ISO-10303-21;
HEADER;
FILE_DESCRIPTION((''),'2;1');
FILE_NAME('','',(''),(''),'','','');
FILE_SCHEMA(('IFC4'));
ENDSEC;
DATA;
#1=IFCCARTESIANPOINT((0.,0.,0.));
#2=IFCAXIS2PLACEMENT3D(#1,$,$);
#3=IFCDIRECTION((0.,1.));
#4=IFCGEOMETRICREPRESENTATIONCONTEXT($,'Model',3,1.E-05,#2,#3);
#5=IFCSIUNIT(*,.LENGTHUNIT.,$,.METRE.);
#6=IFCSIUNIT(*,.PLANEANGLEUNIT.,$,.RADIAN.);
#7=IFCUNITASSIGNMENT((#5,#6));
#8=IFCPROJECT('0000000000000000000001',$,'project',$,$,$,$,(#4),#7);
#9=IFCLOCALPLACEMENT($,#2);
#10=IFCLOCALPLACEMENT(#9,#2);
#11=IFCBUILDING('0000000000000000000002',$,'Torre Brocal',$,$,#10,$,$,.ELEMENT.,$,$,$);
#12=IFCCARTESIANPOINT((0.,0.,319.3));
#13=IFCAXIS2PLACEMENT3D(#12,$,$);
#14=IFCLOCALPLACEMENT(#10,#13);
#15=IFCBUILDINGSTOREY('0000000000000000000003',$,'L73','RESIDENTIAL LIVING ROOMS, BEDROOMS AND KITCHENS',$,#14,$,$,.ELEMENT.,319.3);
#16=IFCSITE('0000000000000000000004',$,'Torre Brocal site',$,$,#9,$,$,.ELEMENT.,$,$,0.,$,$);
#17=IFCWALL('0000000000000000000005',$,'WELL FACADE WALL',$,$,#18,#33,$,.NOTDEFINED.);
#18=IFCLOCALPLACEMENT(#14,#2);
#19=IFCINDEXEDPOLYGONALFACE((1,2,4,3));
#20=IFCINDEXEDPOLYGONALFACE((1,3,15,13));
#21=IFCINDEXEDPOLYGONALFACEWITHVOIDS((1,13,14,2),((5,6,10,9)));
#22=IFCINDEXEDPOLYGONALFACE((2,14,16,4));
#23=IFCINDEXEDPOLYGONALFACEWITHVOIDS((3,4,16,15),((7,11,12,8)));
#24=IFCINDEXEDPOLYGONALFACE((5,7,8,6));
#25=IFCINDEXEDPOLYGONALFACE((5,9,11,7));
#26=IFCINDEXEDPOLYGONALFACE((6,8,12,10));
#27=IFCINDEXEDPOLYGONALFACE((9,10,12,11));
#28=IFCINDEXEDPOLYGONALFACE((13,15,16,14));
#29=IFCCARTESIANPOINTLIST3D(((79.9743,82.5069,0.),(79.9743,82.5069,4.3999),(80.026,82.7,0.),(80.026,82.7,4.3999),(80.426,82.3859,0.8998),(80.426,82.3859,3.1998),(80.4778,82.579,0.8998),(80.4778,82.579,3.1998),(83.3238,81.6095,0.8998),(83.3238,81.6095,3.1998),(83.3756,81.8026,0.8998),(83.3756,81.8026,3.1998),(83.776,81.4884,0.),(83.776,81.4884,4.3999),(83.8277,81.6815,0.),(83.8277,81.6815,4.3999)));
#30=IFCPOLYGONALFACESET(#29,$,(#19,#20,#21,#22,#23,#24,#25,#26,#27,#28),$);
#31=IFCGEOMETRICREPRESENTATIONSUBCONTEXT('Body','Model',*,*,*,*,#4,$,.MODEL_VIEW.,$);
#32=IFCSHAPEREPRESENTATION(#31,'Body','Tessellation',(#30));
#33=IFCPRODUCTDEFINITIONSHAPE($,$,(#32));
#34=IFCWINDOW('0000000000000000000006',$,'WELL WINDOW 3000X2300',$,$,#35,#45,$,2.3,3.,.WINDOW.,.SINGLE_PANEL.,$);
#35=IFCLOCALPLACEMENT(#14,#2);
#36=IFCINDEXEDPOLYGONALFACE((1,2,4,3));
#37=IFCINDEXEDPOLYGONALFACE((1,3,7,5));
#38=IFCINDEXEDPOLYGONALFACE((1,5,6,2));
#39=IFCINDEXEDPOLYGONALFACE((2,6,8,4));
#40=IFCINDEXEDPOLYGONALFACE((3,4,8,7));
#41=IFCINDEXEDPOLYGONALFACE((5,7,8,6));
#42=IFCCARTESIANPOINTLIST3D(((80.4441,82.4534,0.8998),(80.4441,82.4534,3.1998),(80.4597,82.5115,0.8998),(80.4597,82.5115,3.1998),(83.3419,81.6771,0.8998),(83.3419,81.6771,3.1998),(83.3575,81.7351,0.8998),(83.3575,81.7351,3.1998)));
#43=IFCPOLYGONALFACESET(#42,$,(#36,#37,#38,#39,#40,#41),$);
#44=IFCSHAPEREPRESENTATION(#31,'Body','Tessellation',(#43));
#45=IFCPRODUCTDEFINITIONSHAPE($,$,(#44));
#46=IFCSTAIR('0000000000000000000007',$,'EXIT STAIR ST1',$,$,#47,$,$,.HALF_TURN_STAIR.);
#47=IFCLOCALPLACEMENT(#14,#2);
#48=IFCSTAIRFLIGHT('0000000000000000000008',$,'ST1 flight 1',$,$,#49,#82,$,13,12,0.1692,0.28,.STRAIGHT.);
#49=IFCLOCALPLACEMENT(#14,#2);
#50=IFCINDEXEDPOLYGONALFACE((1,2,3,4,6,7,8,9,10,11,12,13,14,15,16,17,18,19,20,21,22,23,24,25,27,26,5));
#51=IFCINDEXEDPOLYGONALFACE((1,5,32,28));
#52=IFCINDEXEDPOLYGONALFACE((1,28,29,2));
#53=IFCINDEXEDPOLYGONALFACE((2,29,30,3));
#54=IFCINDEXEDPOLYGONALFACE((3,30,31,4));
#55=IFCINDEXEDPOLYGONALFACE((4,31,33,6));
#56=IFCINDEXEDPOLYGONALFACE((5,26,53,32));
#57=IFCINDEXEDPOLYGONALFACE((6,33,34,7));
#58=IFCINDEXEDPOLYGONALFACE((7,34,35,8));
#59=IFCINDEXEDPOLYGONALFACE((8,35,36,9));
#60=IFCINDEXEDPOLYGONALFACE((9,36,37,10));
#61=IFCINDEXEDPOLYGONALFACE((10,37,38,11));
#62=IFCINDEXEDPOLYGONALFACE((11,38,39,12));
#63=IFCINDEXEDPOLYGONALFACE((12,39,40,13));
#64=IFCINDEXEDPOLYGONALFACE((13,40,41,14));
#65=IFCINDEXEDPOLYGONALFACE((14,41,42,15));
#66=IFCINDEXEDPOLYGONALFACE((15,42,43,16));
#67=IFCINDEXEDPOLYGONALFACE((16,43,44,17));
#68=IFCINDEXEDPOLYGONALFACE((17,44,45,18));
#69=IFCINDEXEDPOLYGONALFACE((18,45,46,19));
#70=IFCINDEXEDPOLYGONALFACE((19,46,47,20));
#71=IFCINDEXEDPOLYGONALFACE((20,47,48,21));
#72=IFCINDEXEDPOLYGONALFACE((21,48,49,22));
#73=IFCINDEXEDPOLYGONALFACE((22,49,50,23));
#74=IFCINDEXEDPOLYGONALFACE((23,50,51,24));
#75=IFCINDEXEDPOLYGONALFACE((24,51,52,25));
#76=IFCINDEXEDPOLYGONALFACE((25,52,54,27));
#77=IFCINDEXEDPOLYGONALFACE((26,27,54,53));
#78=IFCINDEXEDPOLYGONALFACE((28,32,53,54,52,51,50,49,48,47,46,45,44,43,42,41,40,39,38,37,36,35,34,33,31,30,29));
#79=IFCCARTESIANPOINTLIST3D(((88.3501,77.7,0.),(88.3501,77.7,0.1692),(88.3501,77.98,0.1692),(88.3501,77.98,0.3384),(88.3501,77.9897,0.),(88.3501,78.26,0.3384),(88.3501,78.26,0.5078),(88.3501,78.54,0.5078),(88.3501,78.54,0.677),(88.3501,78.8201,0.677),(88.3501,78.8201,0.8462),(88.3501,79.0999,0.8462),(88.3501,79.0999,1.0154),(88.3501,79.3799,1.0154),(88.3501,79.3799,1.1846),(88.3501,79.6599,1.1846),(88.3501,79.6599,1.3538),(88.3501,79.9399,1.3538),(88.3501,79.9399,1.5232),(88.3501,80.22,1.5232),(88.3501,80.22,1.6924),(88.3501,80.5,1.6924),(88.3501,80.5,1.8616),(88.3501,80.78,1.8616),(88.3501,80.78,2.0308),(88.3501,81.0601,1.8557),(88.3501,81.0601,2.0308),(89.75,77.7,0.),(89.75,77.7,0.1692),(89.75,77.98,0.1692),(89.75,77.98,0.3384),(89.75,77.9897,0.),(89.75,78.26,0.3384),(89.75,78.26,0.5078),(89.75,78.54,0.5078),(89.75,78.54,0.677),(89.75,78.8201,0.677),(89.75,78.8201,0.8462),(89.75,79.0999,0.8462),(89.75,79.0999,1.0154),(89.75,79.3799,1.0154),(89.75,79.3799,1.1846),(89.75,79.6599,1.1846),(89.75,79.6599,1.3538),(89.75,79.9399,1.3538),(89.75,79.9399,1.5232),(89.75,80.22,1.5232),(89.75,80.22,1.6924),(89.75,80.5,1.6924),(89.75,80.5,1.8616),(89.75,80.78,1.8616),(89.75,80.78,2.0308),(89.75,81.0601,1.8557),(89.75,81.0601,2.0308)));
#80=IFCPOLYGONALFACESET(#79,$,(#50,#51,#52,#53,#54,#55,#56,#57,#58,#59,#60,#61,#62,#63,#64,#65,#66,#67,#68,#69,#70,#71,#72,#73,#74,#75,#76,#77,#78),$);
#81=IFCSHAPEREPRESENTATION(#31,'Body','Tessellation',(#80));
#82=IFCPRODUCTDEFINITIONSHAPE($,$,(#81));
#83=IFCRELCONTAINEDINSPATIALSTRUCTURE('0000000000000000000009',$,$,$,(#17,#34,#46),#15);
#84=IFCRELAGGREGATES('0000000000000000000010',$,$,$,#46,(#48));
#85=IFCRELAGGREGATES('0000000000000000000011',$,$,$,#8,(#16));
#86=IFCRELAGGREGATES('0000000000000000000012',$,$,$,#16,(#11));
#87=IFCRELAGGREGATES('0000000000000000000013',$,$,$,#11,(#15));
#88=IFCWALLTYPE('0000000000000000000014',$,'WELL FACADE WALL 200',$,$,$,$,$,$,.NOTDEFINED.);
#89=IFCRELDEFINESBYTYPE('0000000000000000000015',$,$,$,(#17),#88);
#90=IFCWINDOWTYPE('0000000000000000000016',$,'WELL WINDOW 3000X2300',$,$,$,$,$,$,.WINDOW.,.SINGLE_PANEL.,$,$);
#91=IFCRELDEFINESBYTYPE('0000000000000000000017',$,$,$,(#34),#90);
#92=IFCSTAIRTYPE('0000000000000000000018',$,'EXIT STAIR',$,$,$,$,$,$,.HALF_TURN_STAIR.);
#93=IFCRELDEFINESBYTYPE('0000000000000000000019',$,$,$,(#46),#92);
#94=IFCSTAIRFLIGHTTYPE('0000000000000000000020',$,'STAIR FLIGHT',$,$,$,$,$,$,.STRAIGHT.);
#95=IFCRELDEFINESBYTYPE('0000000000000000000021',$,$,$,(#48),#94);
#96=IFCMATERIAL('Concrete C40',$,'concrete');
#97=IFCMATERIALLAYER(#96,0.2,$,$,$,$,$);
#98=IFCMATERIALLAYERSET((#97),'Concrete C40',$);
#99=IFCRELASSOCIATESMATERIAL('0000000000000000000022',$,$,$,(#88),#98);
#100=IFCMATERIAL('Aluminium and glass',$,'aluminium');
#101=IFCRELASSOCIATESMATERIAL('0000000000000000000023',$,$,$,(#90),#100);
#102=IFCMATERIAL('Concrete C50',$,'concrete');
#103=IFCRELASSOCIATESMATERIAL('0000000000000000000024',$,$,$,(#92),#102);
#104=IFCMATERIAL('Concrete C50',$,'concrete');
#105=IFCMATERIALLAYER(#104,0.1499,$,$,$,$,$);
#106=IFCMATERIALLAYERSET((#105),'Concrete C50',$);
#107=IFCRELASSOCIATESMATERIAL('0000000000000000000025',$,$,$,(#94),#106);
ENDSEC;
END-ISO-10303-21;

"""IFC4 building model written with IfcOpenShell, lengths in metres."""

from ifc_helpers import new_model, si_unit, direction, frame, frame_2d, origin, place, context, subcontext, project, spatial, polyline, rectangle, outline, extrude, material, layer, layer_set, type_object, element, fill, aggregate, save


model = new_model("IFC4")

# Units and contexts
model_context = context("Model", 3, precision=1e-05, world=origin(), true_north=direction((0.0, 1.0)))
body_context = subcontext(model_context, "Body", "Model", "MODEL_VIEW")
ifc_project = project(units=[si_unit("LENGTHUNIT", "METRE"), si_unit("PLANEANGLEUNIT", "RADIAN")], contexts=[model_context])

# Site, building, storey
site_placement = place(None, origin())
site = spatial("IfcSite", under=ifc_project, at=site_placement, Name="Torre Brocal site", CompositionType="ELEMENT", RefElevation=0.0)
building_placement = place(site_placement, origin())
building = spatial("IfcBuilding", under=site, at=building_placement, Name="Torre Brocal", CompositionType="ELEMENT")
storey_placement = place(building_placement, frame((0.0, 0.0, 319.3)))
storey = spatial("IfcBuildingStorey", under=building, at=storey_placement, Name="L73", Description="RESIDENTIAL LIVING ROOMS, BEDROOMS AND KITCHENS", CompositionType="ELEMENT", Elevation=319.3)

# Wall, opening, window
ifc_material_1 = material(Name="Concrete C40", Category="concrete")
ifc_layer_1 = layer(ifc_material_1, 0.2)
ifc_layer_set_1 = layer_set([ifc_layer_1], Name="Concrete C40")
wall_type_1 = type_object("IfcWallType", Name="WELL FACADE WALL 200", PredefinedType="NOTDEFINED", material=ifc_layer_set_1)
ifc_material_2 = material(Name="Aluminium and glass", Category="aluminium")
window_type = type_object("IfcWindowType", Name="WELL WINDOW 3000X2300", PartitioningType="SINGLE_PANEL", PredefinedType="WINDOW", material=ifc_material_2)
wall_1_placement = place(storey_placement, frame((83.8018, 81.585, 0.0), z_axis=(0.0, 0.0, 1.0), x_axis=(-0.965934, 0.25879, 0.0)))
wall_1 = element("IfcWall", 1, at=wall_1_placement, inside=storey, type_object=wall_type_1, Name="WELL FACADE WALL", PredefinedType="NOTDEFINED", context=body_context, shape_type="SweptSolid", body=[
    extrude(rectangle(XDim=3.9358, YDim=0.2, at=frame_2d((1.9678, 0.0))), origin(), (0.0, 0.0, 1.0), 4.3999),
])
opening_1_placement = place(wall_1_placement, frame((0.468, 0.0, 0.8999)))
opening_1 = element("IfcOpeningElement", 2, at=opening_1_placement, cuts=wall_1, PredefinedType="OPENING", context=body_context, shape_type="SweptSolid", body=[
    extrude(rectangle(XDim=3.0, YDim=2.3, at=frame_2d((1.5, 1.1499))), frame((0.0, 0.1099, 0.0), z_axis=(0.0, -1.0, 0.0), x_axis=(1.0, 0.0, 0.0)), (0.0, 0.0, 1.0), 0.22),
])
window_1_placement = place(opening_1_placement, origin())
window_1 = element("IfcWindow", 3, at=window_1_placement, inside=storey, type_object=window_type, Name="WELL WINDOW 3000X2300", OverallHeight=2.3, OverallWidth=3.0, PartitioningType="SINGLE_PANEL", PredefinedType="WINDOW", context=body_context, shape_type="SweptSolid", body=[
    extrude(rectangle(XDim=3.0, YDim=2.3, at=frame_2d((1.5, 1.1499))), frame((0.0, 0.03, 0.0), z_axis=(0.0, -1.0, 0.0), x_axis=(1.0, 0.0, 0.0)), (0.0, 0.0, 1.0), 0.0601),
])
fill(opening_1, window_1)

# Stair, stair flight
ifc_material_3 = material(Name="Concrete C50", Category="concrete")
stair_type = type_object("IfcStairType", Name="EXIT STAIR", PredefinedType="HALF_TURN_STAIR", material=ifc_material_3)
stair_placement = place(storey_placement, origin())
stair = element("IfcStair", 4, at=stair_placement, inside=storey, type_object=stair_type, Name="EXIT STAIR ST1", PredefinedType="HALF_TURN_STAIR")
ifc_material_4 = material(Name="Concrete C50", Category="concrete")
ifc_layer_2 = layer(ifc_material_4, 0.1499)
ifc_layer_set_2 = layer_set([ifc_layer_2], Name="Concrete C50")
stair_flight_type = type_object("IfcStairFlightType", Name="STAIR FLIGHT", PredefinedType="STRAIGHT", material=ifc_layer_set_2)
stair_flight_placement = place(storey_placement, frame((89.05, 77.7, 0.0), z_axis=(0.0, 0.0, 1.0), x_axis=(0.0, 1.0, 0.0)))
stair_flight = element("IfcStairFlight", 5, at=stair_flight_placement, type_object=stair_flight_type, Name="ST1 flight 1", NumberOfRisers=13, NumberOfTreads=12, PredefinedType="STRAIGHT", RiserHeight=0.1692, TreadLength=0.28, context=body_context, shape_type="SweptSolid", body=[
    extrude(outline(polyline([(0.0, 0.0), (0.0, 0.1692), (0.28, 0.1692), (0.28, 0.3384), (0.5601, 0.3384), (0.5601, 0.5078), (0.8401, 0.5078), (0.8401, 0.677), (1.1201, 0.677), (1.1201, 0.8462), (1.3999, 0.8462), (1.3999, 1.0154), (1.6799, 1.0154), (1.6799, 1.1846), (1.96, 1.1846), (1.96, 1.3538), (2.24, 1.3538), (2.24, 1.5232), (2.52, 1.5232), (2.52, 1.6924), (2.8, 1.6924), (2.8, 1.8616), (3.0801, 1.8616), (3.0801, 2.0308), (3.3601, 2.0308), (3.3601, 2.2), (3.3601, 1.8557), (0.2898, 0.0), (0.0, 0.0)])), frame((0.0, 0.7, 0.0), z_axis=(0.0, -1.0, 0.0), x_axis=(1.0, 0.0, 0.0)), (0.0, 0.0, 1.0), 1.3999),
])
aggregate(stair, [stair_flight])

save(model, "model.ifc")
